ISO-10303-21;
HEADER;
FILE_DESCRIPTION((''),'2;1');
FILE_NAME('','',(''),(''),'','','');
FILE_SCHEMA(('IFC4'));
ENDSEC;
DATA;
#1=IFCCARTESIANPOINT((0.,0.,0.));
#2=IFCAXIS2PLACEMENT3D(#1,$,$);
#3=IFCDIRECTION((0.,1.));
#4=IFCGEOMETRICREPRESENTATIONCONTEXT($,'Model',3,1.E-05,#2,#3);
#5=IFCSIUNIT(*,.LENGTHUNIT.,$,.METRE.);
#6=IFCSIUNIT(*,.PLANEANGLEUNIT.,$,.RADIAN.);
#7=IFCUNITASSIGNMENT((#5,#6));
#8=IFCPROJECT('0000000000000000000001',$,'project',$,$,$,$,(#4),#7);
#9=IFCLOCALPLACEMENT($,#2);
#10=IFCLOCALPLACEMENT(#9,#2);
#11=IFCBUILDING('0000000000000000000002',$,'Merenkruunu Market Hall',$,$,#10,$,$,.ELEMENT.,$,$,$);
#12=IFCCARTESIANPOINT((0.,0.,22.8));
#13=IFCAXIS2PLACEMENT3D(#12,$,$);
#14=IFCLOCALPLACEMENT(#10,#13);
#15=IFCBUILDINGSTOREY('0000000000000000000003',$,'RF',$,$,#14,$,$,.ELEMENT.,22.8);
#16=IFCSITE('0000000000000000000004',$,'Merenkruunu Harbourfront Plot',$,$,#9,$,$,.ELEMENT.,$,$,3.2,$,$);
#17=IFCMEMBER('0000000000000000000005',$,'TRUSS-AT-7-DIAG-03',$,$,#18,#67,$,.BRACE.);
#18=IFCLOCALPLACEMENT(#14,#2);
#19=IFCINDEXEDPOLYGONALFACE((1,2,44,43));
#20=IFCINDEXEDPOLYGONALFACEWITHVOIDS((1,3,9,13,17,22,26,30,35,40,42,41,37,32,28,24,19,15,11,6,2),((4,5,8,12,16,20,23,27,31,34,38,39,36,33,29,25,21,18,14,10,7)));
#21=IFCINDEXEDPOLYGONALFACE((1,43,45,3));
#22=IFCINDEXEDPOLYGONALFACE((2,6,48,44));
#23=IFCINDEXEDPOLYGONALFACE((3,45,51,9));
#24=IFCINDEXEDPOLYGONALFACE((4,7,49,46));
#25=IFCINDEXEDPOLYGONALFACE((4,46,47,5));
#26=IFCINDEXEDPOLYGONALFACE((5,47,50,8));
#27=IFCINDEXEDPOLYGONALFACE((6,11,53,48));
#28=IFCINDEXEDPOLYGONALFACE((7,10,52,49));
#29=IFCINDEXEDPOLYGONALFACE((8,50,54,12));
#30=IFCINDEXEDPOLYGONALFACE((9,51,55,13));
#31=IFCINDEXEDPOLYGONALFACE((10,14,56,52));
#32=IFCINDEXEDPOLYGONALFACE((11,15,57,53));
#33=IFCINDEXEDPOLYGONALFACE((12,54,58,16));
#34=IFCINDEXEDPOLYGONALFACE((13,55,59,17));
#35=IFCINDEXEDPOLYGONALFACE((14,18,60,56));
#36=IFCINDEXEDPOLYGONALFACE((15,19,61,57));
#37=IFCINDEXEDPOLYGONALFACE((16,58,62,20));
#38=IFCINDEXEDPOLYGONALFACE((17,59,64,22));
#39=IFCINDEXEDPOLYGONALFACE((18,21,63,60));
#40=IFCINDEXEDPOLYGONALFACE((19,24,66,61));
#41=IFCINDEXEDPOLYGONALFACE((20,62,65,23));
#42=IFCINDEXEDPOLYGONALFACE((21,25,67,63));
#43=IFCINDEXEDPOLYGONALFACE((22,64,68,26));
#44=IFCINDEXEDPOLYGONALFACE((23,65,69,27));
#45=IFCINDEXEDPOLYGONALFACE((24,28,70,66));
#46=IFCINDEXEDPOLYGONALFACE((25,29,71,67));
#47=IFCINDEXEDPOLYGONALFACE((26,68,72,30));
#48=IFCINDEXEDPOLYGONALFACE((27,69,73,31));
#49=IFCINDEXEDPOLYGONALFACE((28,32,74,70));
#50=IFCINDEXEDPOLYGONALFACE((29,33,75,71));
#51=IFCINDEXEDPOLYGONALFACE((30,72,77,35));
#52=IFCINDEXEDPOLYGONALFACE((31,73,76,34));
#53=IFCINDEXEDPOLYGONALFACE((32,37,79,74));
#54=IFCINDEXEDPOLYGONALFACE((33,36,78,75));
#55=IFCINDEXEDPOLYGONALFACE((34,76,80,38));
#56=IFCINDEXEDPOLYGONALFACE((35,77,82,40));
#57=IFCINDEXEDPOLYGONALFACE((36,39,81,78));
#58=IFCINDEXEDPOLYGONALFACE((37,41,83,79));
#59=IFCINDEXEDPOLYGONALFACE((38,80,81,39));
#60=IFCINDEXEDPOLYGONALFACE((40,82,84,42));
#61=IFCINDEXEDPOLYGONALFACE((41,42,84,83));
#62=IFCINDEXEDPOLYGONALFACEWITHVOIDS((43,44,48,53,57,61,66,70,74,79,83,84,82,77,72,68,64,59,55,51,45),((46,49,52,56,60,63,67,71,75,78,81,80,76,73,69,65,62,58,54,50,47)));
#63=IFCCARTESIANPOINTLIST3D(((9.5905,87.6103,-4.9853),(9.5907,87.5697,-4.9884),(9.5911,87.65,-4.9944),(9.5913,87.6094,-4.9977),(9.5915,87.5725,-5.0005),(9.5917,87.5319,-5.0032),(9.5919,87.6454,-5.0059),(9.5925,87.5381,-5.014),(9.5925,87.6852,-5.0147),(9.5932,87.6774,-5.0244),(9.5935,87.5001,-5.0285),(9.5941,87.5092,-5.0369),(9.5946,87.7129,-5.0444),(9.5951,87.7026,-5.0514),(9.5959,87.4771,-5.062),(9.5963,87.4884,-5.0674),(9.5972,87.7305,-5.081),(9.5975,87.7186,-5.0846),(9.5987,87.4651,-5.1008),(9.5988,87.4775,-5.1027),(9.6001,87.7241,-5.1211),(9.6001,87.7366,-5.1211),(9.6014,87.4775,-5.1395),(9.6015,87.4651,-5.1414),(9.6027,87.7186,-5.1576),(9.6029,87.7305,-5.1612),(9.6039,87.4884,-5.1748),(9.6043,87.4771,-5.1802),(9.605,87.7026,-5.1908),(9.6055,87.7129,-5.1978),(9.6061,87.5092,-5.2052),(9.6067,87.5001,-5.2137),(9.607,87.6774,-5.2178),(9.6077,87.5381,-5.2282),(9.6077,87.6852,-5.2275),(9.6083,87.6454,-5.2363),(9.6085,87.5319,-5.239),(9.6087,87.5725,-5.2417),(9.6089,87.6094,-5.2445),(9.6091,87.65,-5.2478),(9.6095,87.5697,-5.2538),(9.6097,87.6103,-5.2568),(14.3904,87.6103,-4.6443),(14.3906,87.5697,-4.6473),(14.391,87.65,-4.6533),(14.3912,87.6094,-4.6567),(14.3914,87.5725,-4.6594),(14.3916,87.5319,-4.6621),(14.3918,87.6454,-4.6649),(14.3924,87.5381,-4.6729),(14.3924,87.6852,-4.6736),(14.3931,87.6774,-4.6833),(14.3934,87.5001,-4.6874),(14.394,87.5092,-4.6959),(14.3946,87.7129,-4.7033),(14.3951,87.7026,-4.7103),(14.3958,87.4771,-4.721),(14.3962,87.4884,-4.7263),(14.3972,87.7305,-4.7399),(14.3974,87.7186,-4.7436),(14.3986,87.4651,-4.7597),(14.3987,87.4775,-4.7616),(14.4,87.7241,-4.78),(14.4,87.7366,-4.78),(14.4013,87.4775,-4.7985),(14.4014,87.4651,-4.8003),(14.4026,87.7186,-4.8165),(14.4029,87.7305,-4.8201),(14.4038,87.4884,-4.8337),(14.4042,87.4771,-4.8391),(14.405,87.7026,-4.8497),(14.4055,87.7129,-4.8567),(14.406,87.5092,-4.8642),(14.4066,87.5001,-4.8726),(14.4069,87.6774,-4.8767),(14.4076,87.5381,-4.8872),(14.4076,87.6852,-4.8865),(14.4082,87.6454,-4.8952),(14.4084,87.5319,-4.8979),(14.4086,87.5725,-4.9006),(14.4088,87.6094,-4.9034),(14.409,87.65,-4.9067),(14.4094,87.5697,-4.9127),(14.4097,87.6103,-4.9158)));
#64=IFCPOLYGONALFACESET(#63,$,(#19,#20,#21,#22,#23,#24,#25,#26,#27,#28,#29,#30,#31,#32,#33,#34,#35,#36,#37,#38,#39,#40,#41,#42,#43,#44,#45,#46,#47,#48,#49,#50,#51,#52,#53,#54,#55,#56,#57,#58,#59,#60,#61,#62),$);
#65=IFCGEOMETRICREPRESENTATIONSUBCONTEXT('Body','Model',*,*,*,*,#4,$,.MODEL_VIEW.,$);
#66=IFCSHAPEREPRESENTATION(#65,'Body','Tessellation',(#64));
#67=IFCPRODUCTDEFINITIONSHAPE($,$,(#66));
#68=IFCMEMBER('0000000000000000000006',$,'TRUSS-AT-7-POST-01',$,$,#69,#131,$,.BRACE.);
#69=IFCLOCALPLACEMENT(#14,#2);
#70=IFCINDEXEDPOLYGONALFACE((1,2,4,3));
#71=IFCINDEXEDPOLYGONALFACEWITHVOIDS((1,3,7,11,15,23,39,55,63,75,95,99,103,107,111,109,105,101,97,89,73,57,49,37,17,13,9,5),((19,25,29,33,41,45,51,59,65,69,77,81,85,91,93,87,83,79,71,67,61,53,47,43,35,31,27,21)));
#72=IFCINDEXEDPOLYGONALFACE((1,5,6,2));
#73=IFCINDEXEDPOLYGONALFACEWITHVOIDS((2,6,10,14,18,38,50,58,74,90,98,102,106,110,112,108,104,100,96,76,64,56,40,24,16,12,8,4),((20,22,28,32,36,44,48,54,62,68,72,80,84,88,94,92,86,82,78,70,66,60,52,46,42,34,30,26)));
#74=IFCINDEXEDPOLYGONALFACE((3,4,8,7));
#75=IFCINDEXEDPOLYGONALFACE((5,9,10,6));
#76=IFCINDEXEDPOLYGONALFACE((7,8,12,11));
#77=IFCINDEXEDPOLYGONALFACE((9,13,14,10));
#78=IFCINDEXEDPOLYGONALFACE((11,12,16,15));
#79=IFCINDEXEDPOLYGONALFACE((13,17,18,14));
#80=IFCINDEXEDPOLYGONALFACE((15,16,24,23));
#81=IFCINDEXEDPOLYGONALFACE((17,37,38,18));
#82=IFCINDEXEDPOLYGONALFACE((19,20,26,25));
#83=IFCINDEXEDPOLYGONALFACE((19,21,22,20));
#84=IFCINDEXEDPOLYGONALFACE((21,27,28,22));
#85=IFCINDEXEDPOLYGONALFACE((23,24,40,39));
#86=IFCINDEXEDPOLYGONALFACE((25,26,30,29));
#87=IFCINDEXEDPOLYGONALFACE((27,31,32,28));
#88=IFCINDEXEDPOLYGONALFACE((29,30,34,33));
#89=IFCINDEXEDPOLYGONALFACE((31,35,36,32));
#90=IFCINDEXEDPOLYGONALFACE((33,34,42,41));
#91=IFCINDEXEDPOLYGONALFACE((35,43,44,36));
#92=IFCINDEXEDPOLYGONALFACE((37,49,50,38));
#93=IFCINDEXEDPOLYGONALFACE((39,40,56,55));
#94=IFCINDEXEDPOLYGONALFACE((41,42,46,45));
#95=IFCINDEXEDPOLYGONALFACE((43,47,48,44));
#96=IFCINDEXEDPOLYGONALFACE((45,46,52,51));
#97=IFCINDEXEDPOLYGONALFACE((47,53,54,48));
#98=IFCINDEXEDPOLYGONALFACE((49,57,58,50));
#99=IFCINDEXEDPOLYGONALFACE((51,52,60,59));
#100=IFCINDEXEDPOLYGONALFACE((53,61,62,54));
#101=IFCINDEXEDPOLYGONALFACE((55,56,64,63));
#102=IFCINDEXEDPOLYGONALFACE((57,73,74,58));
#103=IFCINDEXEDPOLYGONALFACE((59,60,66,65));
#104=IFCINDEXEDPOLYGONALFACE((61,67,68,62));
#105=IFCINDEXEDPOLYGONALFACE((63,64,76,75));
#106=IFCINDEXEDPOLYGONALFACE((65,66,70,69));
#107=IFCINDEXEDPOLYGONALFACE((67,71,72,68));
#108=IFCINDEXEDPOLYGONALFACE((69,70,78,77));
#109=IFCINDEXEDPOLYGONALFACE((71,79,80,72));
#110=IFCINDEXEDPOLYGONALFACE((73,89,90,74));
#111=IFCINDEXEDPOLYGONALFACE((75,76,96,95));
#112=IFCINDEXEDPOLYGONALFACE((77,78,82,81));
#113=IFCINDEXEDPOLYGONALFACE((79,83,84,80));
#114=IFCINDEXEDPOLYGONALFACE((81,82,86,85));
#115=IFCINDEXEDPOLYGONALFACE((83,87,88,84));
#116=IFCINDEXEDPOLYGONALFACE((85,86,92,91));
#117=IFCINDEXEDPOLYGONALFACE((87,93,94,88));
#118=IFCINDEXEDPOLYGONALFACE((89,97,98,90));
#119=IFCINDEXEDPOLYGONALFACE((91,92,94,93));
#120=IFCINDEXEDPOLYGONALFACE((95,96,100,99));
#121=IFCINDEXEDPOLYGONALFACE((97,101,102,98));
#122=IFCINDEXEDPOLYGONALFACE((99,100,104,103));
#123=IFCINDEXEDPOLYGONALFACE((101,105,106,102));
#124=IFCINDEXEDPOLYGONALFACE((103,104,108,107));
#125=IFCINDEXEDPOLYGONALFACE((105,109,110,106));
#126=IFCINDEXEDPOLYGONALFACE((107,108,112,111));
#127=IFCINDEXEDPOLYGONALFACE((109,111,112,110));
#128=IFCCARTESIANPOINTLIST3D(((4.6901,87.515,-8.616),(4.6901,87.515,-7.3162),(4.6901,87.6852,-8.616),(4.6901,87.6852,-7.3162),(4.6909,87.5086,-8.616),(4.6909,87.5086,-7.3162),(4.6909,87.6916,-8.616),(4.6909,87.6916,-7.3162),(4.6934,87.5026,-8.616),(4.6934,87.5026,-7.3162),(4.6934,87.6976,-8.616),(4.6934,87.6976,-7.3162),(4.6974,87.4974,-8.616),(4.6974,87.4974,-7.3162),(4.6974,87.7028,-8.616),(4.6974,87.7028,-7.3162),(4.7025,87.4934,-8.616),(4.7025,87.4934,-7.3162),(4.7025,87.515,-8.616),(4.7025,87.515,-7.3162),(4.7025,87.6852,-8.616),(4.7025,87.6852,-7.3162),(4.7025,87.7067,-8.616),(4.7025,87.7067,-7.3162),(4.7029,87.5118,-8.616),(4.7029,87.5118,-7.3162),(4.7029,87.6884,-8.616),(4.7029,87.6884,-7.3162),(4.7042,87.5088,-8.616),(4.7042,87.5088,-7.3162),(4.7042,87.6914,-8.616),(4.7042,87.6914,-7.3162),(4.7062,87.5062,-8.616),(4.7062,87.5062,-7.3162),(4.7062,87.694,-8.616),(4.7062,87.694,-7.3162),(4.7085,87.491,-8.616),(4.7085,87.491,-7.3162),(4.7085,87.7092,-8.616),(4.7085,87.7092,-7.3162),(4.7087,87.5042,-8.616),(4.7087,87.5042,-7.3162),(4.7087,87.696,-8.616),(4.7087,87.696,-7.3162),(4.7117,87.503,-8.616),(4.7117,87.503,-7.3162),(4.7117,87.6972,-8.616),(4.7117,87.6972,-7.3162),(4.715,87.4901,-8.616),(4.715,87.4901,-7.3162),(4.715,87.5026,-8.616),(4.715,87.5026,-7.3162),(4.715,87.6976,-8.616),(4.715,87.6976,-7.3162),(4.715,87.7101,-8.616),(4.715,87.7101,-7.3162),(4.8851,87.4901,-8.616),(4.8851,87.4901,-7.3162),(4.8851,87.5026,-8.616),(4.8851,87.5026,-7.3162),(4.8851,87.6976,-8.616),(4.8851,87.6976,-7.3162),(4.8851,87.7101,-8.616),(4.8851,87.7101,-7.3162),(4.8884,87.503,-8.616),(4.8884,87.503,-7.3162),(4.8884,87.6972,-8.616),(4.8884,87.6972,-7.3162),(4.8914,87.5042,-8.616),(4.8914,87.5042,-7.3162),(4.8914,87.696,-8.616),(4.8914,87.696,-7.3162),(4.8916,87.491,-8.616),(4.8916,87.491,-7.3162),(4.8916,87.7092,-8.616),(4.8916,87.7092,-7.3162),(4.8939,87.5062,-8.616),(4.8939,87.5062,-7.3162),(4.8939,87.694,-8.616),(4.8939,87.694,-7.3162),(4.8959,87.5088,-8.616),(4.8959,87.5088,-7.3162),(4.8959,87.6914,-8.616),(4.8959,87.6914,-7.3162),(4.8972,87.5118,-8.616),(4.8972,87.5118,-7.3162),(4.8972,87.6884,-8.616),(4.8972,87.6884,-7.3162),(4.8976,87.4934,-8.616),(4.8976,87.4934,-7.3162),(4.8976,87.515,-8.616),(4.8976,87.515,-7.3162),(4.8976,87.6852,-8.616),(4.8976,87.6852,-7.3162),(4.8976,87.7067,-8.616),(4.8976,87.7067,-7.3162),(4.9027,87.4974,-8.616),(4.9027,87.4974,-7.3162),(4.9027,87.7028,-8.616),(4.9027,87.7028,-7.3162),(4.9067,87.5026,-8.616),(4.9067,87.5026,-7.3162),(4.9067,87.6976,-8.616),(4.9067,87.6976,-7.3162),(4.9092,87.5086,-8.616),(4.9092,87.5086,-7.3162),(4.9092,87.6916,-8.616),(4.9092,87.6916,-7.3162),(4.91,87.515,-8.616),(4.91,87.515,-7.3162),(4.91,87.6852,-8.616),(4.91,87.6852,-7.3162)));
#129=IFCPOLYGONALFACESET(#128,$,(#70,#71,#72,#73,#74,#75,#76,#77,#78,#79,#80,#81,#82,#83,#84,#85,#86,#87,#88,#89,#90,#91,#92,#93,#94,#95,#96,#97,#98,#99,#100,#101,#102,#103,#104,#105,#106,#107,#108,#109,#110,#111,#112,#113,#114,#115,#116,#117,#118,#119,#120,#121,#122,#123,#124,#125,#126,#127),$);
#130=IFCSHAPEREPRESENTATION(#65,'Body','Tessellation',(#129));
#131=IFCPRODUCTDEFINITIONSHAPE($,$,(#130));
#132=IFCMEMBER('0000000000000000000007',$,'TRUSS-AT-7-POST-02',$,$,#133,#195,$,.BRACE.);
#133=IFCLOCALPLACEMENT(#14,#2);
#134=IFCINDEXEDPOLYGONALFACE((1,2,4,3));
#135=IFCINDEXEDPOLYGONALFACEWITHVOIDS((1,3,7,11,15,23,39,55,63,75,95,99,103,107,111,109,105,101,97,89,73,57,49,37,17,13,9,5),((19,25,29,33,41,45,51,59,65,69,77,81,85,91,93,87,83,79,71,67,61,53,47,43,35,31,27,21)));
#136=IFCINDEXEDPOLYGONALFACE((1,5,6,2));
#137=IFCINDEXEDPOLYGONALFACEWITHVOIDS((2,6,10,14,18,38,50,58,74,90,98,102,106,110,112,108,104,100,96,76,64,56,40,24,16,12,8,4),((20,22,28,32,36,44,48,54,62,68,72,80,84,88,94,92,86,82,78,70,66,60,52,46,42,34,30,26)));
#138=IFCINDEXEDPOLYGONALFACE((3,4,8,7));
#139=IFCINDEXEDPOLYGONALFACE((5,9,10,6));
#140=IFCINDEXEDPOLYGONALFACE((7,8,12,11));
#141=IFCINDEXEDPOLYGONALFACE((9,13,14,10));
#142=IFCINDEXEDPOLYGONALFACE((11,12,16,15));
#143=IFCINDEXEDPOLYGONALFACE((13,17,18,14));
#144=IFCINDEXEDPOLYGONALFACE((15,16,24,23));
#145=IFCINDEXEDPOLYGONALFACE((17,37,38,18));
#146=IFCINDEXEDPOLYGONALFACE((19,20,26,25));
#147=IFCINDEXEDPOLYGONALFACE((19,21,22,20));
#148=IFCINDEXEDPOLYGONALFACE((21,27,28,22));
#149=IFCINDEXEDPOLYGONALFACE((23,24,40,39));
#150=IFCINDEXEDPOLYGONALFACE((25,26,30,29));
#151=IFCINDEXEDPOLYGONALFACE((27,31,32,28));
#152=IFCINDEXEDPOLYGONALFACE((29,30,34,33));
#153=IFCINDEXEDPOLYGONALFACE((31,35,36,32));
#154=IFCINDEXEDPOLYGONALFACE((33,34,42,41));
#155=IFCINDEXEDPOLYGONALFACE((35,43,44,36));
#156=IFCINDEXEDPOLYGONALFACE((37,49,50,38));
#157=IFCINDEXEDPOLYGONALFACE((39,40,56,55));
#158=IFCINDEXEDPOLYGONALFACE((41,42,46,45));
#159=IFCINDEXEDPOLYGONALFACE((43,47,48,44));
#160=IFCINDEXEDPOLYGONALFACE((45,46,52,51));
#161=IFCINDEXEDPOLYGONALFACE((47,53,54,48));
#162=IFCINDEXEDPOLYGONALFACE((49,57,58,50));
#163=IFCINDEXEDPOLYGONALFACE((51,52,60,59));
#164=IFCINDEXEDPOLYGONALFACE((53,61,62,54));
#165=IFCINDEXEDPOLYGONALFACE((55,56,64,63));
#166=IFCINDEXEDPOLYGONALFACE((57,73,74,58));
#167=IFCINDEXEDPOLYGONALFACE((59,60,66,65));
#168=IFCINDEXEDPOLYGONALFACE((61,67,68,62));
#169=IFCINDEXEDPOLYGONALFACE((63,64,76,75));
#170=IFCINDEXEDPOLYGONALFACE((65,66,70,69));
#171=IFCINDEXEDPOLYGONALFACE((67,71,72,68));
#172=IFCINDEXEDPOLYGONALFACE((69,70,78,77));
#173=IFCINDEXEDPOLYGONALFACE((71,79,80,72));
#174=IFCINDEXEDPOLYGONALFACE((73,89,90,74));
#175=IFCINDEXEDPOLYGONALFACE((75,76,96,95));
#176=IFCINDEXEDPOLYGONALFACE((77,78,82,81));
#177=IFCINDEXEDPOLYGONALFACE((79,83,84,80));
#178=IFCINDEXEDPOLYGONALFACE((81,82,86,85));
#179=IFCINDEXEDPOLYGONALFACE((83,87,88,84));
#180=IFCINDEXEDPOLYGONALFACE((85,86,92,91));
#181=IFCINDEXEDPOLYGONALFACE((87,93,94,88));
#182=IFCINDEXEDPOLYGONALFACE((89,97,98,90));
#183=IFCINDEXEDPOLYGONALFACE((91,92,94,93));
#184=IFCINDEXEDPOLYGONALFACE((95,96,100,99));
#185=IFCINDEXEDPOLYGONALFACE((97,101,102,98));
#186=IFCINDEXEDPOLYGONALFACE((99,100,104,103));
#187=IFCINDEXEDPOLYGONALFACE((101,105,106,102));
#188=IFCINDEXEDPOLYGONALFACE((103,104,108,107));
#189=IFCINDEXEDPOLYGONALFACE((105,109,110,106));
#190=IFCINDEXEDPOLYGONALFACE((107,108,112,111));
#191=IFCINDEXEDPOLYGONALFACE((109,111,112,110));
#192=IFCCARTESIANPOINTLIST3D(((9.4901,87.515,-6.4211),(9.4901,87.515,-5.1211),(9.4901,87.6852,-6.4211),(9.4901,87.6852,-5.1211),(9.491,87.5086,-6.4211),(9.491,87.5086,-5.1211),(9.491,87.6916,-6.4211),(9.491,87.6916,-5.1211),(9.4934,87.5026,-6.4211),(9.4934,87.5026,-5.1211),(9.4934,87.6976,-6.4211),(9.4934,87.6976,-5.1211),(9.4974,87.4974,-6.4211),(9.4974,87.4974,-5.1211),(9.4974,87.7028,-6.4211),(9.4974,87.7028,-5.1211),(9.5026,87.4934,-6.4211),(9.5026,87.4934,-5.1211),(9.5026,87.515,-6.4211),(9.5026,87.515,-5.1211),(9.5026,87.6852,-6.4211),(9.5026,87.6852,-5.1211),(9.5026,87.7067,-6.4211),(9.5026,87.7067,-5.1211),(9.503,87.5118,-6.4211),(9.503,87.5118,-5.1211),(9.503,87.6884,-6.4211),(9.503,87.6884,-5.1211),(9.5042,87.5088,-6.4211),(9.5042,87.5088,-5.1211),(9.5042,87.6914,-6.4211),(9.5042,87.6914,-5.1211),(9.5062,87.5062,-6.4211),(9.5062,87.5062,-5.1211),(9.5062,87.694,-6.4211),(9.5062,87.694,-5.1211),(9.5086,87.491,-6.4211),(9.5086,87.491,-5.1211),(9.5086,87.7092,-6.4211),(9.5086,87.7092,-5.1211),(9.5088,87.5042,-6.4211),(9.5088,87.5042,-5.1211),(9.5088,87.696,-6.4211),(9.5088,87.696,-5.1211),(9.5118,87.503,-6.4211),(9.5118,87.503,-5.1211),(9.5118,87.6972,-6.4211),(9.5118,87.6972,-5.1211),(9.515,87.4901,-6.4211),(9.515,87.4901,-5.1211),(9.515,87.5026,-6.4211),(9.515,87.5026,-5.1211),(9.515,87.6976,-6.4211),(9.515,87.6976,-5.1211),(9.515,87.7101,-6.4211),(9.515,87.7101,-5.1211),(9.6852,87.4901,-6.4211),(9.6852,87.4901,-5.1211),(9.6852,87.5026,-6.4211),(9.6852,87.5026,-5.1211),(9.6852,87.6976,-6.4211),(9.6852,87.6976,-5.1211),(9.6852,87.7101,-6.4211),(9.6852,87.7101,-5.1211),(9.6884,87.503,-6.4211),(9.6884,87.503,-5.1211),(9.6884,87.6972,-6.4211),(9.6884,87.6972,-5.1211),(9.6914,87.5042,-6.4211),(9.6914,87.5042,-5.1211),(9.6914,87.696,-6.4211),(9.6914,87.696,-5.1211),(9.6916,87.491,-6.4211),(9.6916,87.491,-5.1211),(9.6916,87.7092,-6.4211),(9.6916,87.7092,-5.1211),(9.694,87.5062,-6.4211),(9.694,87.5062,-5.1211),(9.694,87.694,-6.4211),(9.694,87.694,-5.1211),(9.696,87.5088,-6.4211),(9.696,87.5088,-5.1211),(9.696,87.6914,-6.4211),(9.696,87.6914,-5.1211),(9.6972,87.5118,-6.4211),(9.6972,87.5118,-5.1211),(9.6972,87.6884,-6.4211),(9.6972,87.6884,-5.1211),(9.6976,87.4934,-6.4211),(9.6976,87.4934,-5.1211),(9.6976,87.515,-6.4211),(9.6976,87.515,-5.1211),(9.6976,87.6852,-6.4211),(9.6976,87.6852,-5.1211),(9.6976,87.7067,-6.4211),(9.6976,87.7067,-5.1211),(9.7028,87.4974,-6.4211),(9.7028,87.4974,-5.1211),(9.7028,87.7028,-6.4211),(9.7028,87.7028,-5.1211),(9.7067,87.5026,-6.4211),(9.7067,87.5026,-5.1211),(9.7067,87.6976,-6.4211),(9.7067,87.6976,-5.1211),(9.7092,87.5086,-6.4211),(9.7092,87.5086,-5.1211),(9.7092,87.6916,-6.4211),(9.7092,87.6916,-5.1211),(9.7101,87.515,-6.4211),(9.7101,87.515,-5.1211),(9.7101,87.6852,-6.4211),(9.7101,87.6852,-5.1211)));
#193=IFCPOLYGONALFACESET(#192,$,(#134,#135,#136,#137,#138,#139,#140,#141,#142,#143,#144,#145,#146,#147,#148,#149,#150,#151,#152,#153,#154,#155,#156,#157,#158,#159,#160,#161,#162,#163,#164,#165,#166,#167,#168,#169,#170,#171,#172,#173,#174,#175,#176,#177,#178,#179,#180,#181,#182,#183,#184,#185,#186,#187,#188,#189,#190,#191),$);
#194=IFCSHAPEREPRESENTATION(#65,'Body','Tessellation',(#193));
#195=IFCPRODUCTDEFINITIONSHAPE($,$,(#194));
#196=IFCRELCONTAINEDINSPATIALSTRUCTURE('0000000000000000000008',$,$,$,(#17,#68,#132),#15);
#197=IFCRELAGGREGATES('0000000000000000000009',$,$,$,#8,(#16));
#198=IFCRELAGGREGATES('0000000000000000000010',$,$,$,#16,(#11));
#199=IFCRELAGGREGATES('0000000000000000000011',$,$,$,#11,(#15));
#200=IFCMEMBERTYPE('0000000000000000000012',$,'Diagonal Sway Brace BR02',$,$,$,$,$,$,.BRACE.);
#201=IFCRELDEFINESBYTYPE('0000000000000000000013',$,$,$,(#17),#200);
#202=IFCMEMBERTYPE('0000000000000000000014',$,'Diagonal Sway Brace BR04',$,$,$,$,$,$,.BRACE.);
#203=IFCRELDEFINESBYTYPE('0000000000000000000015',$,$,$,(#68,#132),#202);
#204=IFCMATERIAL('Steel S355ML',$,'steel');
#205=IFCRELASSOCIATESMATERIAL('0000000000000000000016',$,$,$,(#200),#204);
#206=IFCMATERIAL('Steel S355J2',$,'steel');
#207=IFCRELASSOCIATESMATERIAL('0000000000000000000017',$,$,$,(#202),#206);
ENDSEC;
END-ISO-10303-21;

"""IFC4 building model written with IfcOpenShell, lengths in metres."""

from ifc_helpers import new_model, si_unit, direction, frame, origin, origin_2d, place, context, subcontext, project, spatial, hollow_rectangle, hollow_circle, extrude, material, material_profile, profile_set, type_object, element, save


model = new_model("IFC4")

# Units and contexts
model_context = context("Model", 3, precision=1e-05, world=origin(), true_north=direction((0.0, 1.0)))
body_context = subcontext(model_context, "Body", "Model", "MODEL_VIEW")
ifc_project = project(units=[si_unit("LENGTHUNIT", "METRE"), si_unit("PLANEANGLEUNIT", "RADIAN")], contexts=[model_context])

# Site, building, storey
site_placement = place(None, origin())
site = spatial("IfcSite", under=ifc_project, at=site_placement, Name="Merenkruunu Harbourfront Plot", CompositionType="ELEMENT", RefElevation=3.2)
building_placement = place(site_placement, origin())
building = spatial("IfcBuilding", under=site, at=building_placement, Name="Merenkruunu Market Hall", CompositionType="ELEMENT")
storey_placement = place(building_placement, frame((0.0, 0.0, 22.8)))
storey = spatial("IfcBuildingStorey", under=building, at=storey_placement, Name="RF", CompositionType="ELEMENT", Elevation=22.8)

# Shared definitions
ifc_material_1 = material(Name="Steel S355ML", Category="steel")

# Members
ifc_material_profile_1 = material_profile(ifc_material_1, hollow_circle(Radius=0.1365, WallThickness=0.0125, at=origin_2d()), Name="CHS 273x12.5")
ifc_profile_set_1 = profile_set([ifc_material_profile_1], Name="Steel S355ML")
member_type_1 = type_object("IfcMemberType", Name="Diagonal Sway Brace BR02", PredefinedType="BRACE", material=ifc_profile_set_1)
member_1_placement = place(storey_placement, frame((9.6001, 87.6001, -5.1211), z_axis=(0.997485, 0.0, 0.070879), x_axis=(0.0, 1.0, 0.0)))
element("IfcMember", 1, at=member_1_placement, inside=storey, type_object=member_type_1, Name="TRUSS-AT-7-DIAG-03", PredefinedType="BRACE", context=body_context, shape_type="SweptSolid", body=[
    extrude(hollow_circle(Radius=0.1365, WallThickness=0.0125, at=origin_2d()), origin(), (0.0, 0.0, 1.0), 4.812),
])
ifc_material_2 = material(Name="Steel S355J2", Category="steel")
ifc_material_profile_2 = material_profile(ifc_material_2, hollow_rectangle(XDim=0.22, YDim=0.22, WallThickness=0.0125, InnerFilletRadius=0.0125, OuterFilletRadius=0.0249, at=origin_2d()), Name="SHS 220x220x12.5")
ifc_profile_set_2 = profile_set([ifc_material_profile_2], Name="Steel S355J2")
member_type_2 = type_object("IfcMemberType", Name="Diagonal Sway Brace BR04", PredefinedType="BRACE", material=ifc_profile_set_2)
member_2_placement = place(storey_placement, frame((4.8, 87.6001, -8.616), z_axis=(0.0, 0.0, 1.0), x_axis=(1.0, 0.0, 0.0)))
element("IfcMember", 2, at=member_2_placement, inside=storey, type_object=member_type_2, Name="TRUSS-AT-7-POST-01", PredefinedType="BRACE", context=body_context, shape_type="SweptSolid", body=[
    extrude(hollow_rectangle(XDim=0.22, YDim=0.22, WallThickness=0.0125, InnerFilletRadius=0.0125, OuterFilletRadius=0.0249, at=origin_2d()), origin(), (0.0, 0.0, 1.0), 1.2998),
])
member_3_placement = place(storey_placement, frame((9.6001, 87.6001, -6.4211), z_axis=(0.0, 0.0, 1.0), x_axis=(1.0, 0.0, 0.0)))
element("IfcMember", 3, at=member_3_placement, inside=storey, type_object=member_type_2, Name="TRUSS-AT-7-POST-02", PredefinedType="BRACE", context=body_context, shape_type="SweptSolid", body=[
    extrude(hollow_rectangle(XDim=0.22, YDim=0.22, WallThickness=0.0125, InnerFilletRadius=0.0125, OuterFilletRadius=0.0249, at=origin_2d()), origin(), (0.0, 0.0, 1.0), 1.3),
])

save(model, "model.ifc")
